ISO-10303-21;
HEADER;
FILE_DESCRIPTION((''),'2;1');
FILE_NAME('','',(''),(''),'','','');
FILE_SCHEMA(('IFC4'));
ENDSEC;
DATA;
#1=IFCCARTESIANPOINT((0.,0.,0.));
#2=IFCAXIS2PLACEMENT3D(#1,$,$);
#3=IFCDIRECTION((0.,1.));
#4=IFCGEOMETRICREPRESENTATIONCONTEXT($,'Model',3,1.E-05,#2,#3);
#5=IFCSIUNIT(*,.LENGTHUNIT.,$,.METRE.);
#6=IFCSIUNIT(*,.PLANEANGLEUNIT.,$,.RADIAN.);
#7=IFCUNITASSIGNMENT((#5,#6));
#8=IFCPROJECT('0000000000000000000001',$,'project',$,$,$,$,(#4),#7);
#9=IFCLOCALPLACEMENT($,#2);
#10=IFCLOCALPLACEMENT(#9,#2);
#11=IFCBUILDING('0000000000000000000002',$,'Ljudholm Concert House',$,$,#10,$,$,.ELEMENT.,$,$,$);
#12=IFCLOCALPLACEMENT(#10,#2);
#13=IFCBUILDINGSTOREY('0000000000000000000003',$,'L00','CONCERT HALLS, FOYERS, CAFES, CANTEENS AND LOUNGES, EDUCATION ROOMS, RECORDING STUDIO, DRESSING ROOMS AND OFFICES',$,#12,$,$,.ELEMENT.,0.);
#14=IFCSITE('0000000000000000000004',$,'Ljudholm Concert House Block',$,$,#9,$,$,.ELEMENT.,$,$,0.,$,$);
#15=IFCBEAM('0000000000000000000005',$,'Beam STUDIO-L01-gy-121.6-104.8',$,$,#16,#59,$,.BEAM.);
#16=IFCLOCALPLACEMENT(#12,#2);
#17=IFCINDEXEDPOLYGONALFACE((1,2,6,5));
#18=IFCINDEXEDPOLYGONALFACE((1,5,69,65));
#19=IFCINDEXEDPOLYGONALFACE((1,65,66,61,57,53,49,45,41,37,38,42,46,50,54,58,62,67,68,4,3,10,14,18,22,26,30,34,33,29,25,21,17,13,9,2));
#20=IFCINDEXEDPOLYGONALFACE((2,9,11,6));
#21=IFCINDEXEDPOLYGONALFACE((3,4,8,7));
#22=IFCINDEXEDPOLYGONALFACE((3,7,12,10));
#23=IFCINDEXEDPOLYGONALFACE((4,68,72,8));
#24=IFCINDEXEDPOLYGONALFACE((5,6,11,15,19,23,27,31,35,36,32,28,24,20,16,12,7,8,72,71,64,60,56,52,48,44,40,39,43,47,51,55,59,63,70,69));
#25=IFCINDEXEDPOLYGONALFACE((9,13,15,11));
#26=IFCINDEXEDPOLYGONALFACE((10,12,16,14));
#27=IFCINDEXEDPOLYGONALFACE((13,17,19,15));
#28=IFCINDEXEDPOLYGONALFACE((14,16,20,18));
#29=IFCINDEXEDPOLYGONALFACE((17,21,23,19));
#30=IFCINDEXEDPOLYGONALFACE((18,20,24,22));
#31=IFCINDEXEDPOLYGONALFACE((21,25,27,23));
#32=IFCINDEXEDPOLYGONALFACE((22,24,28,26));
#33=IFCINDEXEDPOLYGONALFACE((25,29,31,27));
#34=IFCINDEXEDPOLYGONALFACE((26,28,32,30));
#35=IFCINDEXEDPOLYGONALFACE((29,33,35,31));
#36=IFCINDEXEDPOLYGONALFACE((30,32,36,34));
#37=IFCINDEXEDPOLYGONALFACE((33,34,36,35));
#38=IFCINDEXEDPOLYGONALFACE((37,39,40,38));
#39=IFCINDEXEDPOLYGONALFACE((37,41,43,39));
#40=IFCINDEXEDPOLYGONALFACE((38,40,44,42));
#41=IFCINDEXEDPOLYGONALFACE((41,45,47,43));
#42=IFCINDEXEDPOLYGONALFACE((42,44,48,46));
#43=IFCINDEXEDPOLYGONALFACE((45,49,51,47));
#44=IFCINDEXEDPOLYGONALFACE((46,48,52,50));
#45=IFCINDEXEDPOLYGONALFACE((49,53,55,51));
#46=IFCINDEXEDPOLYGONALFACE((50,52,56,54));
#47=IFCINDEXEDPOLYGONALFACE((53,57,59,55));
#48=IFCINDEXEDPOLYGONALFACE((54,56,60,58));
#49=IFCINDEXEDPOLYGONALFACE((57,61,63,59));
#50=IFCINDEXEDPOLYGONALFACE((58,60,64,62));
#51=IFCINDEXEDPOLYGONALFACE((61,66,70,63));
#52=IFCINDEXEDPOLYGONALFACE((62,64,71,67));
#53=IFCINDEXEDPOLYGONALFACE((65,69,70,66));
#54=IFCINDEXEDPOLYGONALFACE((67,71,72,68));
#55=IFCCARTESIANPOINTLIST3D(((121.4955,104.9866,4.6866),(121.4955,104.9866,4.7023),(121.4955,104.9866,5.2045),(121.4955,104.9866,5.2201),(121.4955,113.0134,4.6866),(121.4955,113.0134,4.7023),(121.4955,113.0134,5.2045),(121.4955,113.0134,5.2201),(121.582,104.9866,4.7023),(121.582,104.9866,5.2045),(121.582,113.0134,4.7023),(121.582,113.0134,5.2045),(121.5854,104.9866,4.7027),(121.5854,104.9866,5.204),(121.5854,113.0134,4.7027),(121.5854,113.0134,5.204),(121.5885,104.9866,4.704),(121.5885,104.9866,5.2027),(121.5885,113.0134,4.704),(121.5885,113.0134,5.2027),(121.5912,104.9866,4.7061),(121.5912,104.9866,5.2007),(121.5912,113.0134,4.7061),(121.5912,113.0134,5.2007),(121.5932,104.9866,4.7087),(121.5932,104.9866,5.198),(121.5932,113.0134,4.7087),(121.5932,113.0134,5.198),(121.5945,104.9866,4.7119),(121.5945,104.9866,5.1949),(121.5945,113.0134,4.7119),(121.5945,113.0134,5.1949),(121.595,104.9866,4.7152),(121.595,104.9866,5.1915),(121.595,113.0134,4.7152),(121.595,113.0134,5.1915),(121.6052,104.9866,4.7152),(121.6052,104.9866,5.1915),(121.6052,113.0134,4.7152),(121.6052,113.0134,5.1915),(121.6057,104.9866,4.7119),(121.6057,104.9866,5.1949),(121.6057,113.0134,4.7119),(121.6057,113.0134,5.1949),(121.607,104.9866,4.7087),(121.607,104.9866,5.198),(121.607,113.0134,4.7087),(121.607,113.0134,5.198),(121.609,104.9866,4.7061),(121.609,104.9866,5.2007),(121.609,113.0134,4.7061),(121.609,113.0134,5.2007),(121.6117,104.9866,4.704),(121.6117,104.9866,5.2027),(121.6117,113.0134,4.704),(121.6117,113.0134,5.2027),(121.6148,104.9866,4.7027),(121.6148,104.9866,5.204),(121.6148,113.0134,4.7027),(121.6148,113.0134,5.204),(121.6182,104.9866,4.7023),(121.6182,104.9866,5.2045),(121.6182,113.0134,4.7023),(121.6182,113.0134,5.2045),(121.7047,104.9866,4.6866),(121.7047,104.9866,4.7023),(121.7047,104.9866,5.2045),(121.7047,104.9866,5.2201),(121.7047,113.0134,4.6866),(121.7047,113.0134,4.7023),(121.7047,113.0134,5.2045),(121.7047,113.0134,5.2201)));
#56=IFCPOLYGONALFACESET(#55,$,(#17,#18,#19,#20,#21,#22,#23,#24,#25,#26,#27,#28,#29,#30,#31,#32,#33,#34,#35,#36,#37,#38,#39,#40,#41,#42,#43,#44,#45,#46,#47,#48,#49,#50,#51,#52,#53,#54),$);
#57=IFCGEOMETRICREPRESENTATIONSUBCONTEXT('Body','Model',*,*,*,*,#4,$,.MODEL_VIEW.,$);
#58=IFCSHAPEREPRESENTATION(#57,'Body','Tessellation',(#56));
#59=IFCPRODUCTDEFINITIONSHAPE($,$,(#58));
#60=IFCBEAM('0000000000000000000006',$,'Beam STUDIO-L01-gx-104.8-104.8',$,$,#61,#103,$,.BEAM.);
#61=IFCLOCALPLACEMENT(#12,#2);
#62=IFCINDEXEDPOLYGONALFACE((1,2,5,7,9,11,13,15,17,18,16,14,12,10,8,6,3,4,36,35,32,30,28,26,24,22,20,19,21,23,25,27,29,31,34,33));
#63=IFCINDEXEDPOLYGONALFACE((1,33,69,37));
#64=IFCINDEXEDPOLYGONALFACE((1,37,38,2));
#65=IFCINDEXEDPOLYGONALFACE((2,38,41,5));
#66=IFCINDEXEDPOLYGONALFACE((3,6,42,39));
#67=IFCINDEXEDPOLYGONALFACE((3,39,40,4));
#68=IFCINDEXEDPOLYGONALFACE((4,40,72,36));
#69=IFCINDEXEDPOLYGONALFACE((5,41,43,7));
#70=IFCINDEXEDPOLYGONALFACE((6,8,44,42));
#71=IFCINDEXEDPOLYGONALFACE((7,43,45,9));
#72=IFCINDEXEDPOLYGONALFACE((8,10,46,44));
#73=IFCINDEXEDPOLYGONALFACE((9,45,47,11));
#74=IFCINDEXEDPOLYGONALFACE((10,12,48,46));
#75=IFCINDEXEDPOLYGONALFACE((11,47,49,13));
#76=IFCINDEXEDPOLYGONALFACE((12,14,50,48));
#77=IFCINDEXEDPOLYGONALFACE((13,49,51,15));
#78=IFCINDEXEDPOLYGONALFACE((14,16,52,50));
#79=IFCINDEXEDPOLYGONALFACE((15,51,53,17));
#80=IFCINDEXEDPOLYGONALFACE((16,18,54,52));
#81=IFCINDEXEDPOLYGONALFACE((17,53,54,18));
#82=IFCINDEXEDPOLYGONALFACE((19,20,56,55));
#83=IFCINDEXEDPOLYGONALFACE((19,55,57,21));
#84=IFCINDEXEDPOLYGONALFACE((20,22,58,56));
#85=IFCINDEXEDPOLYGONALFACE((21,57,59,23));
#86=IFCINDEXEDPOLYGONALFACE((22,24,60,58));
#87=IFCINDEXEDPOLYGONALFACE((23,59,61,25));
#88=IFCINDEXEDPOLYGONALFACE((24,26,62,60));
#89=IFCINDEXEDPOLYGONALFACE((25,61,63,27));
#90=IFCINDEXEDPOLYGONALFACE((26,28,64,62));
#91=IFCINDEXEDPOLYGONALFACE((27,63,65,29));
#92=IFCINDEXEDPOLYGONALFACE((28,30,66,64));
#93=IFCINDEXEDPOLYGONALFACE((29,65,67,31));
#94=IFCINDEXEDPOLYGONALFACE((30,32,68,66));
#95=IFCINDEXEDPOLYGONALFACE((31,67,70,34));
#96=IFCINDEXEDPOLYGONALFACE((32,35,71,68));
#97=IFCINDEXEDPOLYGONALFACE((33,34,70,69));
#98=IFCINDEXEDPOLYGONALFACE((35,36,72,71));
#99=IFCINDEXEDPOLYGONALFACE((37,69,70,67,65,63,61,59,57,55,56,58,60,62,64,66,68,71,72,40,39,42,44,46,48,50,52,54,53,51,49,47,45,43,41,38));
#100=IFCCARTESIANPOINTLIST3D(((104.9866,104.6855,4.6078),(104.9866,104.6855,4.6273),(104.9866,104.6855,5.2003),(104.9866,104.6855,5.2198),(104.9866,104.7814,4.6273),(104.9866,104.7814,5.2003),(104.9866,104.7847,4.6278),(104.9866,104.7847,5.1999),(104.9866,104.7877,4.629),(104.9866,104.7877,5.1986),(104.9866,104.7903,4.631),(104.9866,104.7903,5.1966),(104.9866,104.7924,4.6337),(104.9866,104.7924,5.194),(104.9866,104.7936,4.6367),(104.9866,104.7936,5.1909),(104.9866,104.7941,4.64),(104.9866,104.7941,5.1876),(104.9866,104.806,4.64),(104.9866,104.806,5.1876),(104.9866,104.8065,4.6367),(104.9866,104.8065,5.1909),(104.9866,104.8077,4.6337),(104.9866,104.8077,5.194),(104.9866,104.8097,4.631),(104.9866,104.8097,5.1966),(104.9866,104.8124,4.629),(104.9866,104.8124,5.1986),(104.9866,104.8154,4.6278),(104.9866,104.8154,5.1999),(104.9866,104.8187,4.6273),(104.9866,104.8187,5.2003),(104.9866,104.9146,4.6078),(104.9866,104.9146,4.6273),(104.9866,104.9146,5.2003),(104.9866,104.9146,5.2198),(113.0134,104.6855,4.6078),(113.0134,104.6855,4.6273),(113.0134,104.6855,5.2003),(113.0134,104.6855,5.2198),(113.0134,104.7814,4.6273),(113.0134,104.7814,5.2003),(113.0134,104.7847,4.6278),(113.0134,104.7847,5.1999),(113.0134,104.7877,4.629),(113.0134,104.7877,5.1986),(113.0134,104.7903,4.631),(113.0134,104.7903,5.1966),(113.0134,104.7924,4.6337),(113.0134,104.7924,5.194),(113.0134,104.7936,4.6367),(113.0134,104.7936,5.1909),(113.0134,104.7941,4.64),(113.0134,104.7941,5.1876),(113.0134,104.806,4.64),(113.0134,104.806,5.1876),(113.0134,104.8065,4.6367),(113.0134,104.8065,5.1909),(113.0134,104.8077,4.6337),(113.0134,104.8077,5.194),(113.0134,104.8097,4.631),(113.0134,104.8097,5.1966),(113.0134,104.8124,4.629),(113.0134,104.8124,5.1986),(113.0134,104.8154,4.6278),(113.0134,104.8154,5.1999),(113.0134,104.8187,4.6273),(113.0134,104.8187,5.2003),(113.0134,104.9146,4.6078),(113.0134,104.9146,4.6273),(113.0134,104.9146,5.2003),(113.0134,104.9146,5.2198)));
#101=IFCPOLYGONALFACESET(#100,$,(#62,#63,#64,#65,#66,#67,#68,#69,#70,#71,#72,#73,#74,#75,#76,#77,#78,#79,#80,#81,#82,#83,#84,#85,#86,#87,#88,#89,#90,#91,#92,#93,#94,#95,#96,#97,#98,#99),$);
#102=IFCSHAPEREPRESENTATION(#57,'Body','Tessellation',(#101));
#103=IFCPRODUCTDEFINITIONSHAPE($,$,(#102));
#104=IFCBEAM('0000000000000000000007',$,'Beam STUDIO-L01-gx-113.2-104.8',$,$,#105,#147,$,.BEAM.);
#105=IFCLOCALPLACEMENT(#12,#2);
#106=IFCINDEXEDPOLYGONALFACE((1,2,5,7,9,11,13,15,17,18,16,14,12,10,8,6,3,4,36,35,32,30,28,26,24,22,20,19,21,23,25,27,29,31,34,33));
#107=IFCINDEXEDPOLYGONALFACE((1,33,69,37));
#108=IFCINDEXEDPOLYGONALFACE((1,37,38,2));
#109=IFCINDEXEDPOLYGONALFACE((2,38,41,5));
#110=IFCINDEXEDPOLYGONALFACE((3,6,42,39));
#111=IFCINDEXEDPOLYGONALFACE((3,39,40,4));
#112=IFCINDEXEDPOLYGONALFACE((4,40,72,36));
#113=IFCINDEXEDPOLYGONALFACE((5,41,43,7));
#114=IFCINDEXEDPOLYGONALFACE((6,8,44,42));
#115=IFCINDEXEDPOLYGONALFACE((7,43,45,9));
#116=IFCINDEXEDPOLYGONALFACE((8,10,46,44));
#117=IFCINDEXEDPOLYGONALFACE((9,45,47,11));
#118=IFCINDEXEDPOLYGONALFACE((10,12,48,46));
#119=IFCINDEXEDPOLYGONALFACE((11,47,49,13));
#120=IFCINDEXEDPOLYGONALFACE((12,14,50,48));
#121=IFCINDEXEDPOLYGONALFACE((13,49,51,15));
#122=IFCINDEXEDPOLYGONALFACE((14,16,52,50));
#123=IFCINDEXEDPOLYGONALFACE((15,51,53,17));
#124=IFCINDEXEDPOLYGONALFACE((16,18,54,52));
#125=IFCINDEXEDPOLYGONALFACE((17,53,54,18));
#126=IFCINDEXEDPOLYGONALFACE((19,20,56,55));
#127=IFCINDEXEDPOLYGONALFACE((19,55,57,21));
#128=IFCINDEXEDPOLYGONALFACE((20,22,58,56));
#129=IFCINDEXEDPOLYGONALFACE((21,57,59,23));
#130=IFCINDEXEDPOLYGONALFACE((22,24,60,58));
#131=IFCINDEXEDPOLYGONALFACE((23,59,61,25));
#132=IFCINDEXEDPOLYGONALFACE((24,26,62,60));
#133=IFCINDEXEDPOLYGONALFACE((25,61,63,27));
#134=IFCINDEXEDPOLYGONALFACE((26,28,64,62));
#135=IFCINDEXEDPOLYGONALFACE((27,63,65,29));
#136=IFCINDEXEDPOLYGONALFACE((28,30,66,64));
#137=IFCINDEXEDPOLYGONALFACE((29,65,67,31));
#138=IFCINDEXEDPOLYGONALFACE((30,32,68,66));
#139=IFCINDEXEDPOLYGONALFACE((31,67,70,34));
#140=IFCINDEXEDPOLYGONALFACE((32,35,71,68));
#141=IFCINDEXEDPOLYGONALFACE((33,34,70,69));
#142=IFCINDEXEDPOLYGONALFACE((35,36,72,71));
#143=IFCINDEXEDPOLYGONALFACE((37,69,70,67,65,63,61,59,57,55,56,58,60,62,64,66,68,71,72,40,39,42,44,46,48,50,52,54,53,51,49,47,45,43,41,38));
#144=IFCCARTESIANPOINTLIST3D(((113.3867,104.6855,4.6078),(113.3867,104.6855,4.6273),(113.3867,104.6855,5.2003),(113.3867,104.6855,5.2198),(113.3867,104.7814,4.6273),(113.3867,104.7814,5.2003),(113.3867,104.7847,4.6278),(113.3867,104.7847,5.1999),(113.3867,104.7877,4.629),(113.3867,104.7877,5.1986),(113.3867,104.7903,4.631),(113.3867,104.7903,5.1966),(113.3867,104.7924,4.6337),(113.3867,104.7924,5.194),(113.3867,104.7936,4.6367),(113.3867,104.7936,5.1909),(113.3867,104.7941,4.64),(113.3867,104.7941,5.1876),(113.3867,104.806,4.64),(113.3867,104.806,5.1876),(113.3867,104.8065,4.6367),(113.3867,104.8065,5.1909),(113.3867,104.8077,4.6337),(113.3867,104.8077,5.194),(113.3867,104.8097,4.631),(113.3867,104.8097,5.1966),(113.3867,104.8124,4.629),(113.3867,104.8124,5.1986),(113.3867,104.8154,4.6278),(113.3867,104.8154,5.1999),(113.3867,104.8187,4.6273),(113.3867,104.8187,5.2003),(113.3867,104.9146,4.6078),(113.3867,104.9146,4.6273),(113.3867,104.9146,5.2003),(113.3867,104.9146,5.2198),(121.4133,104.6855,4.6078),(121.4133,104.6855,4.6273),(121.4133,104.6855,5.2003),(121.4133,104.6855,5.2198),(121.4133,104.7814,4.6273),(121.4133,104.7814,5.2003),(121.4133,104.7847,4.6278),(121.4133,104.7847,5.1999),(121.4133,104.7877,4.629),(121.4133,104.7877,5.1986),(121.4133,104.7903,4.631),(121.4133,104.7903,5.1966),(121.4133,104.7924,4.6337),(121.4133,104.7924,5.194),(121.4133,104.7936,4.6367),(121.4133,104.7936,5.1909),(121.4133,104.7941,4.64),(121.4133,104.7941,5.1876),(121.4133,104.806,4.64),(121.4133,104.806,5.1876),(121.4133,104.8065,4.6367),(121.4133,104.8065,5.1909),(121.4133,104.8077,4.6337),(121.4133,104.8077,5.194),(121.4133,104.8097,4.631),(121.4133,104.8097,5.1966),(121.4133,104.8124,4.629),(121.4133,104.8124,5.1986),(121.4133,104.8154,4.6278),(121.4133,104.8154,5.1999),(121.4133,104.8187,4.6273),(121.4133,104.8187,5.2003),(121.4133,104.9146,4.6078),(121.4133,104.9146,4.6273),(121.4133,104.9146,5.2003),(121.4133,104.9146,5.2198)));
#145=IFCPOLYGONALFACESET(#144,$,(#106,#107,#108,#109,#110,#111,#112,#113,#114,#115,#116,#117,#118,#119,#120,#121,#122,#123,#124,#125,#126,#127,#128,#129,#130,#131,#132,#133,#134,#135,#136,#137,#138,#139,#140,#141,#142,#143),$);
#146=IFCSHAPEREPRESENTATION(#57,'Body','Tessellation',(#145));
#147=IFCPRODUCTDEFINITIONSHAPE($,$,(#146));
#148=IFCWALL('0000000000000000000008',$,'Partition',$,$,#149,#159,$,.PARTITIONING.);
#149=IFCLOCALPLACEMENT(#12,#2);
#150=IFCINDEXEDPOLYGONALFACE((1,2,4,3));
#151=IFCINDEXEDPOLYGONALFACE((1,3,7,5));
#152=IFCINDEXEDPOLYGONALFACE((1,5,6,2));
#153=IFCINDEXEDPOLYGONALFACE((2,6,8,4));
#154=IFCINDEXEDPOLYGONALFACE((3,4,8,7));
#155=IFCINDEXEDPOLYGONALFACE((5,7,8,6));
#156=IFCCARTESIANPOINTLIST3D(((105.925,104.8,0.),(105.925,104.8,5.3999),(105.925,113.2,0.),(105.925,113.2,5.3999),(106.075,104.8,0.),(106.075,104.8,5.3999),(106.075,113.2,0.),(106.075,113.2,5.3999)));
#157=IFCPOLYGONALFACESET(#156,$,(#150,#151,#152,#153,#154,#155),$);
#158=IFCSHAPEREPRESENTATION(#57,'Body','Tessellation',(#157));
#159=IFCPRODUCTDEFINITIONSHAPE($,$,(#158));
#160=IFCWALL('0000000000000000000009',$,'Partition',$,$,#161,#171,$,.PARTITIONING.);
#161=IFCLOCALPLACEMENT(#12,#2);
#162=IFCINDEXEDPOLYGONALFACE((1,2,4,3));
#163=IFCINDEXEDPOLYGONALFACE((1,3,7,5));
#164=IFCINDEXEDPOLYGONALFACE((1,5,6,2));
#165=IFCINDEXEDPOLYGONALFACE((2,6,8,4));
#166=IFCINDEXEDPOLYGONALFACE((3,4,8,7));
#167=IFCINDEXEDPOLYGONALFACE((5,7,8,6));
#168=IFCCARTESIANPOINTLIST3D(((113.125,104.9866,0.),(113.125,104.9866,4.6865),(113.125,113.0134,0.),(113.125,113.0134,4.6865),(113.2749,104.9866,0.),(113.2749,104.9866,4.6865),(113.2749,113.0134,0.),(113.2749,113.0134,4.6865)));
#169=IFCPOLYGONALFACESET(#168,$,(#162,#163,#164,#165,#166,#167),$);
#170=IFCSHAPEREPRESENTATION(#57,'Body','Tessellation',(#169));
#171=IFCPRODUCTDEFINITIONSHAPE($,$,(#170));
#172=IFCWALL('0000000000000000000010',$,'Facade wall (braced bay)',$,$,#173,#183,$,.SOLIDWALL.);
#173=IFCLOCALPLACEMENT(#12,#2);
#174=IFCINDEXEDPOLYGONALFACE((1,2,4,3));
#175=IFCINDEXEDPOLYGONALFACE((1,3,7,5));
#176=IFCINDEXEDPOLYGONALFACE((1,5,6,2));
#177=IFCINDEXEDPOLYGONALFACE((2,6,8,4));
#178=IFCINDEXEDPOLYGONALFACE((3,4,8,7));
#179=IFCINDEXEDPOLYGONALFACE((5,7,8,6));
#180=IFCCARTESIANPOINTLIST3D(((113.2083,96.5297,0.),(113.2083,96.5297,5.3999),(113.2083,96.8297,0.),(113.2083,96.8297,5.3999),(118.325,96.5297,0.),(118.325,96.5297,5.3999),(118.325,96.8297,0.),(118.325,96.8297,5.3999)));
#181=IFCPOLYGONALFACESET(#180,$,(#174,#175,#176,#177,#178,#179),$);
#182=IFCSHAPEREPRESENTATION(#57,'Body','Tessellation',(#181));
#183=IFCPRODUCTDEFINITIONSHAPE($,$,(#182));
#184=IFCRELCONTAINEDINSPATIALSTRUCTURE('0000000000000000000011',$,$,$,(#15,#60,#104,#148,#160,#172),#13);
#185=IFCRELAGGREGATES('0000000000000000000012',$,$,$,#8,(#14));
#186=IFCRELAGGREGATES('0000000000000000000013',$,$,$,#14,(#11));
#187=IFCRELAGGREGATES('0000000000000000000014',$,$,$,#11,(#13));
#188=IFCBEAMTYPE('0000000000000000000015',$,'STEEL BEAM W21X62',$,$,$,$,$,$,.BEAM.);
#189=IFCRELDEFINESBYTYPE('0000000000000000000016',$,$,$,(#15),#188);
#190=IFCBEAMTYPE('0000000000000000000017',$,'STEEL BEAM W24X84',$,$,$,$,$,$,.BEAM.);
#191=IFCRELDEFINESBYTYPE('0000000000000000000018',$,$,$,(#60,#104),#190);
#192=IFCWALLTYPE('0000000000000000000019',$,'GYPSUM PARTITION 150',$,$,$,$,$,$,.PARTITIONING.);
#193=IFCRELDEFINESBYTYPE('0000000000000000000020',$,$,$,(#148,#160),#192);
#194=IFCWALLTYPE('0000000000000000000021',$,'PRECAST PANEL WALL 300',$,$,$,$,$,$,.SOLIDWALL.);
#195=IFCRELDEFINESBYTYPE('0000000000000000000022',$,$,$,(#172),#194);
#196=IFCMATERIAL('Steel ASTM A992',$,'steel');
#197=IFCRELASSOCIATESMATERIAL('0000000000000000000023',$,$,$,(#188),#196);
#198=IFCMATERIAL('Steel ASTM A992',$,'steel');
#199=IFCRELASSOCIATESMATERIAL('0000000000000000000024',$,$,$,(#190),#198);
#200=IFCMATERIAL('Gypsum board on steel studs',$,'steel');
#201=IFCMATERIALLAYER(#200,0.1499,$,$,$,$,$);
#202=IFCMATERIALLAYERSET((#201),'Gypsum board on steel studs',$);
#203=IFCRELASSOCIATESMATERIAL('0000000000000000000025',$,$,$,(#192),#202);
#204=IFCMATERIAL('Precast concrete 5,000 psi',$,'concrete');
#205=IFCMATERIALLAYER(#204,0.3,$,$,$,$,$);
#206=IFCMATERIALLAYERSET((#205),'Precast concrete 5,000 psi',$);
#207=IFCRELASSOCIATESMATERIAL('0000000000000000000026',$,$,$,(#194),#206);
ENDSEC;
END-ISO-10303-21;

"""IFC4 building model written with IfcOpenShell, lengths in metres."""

from ifc_helpers import new_model, si_unit, direction, frame, frame_2d, origin, origin_2d, place, context, subcontext, project, spatial, rectangle, i_section, extrude, material, layer, layer_set, material_profile, profile_set, type_object, element, save


model = new_model("IFC4")

# Units and contexts
model_context = context("Model", 3, precision=1e-05, world=origin(), true_north=direction((0.0, 1.0)))
body_context = subcontext(model_context, "Body", "Model", "MODEL_VIEW")
ifc_project = project(units=[si_unit("LENGTHUNIT", "METRE"), si_unit("PLANEANGLEUNIT", "RADIAN")], contexts=[model_context])

# Site, building, storey
site_placement = place(None, origin())
site = spatial("IfcSite", under=ifc_project, at=site_placement, Name="Ljudholm Concert House Block", CompositionType="ELEMENT", RefElevation=0.0)
building_placement = place(site_placement, origin())
building = spatial("IfcBuilding", under=site, at=building_placement, Name="Ljudholm Concert House", CompositionType="ELEMENT")
storey_placement = place(building_placement, origin())
storey = spatial("IfcBuildingStorey", under=building, at=storey_placement, Name="L00", Description="CONCERT HALLS, FOYERS, CAFES, CANTEENS AND LOUNGES, EDUCATION ROOMS, RECORDING STUDIO, DRESSING ROOMS AND OFFICES", CompositionType="ELEMENT", Elevation=0.0)

# Beams
ifc_material_1 = material(Name="Steel ASTM A992", Category="steel")
ifc_material_profile_1 = material_profile(ifc_material_1, i_section(OverallWidth=0.2092, OverallDepth=0.5334, WebThickness=0.0103, FlangeThickness=0.0156, FilletRadius=0.0129, at=origin_2d()), Name="W21X62")
ifc_profile_set_1 = profile_set([ifc_material_profile_1], Name="Steel ASTM A992")
beam_type_1 = type_object("IfcBeamType", Name="STEEL BEAM W21X62", PredefinedType="BEAM", material=ifc_profile_set_1)
for number, where, z_axis, x_axis, name in (
    (1, (121.6001, 104.9866, 4.9534), (0.0, 1.0, 0.0), (-1.0, 0.0, 0.0), "Beam STUDIO-L01-gy-121.6-104.8"),
):
    element("IfcBeam", number, at=place(storey_placement, frame(where, z_axis=z_axis, x_axis=x_axis)), inside=storey, type_object=beam_type_1, Name=name, PredefinedType="BEAM", context=body_context, shape_type="SweptSolid", body=[
        extrude(i_section(OverallWidth=0.2092, OverallDepth=0.5334, WebThickness=0.0103, FlangeThickness=0.0156, FilletRadius=0.0129, at=origin_2d()), origin(), (0.0, 0.0, 1.0), 8.0269),
    ])
ifc_material_2 = material(Name="Steel ASTM A992", Category="steel")
ifc_material_profile_2 = material_profile(ifc_material_2, i_section(OverallWidth=0.229, OverallDepth=0.6121, WebThickness=0.012, FlangeThickness=0.0195, FilletRadius=0.0127, at=origin_2d()), Name="W24X84")
ifc_profile_set_2 = profile_set([ifc_material_profile_2], Name="Steel ASTM A992")
beam_type_2 = type_object("IfcBeamType", Name="STEEL BEAM W24X84", PredefinedType="BEAM", material=ifc_profile_set_2)
beam_1_placement = place(storey_placement, frame((104.9866, 104.8, 4.9138), z_axis=(1.0, 0.0, 0.0), x_axis=(0.0, 1.0, 0.0)))
element("IfcBeam", 2, at=beam_1_placement, inside=storey, type_object=beam_type_2, Name="Beam STUDIO-L01-gx-104.8-104.8", PredefinedType="BEAM", context=body_context, shape_type="SweptSolid", body=[
    extrude(i_section(OverallWidth=0.229, OverallDepth=0.6121, WebThickness=0.012, FlangeThickness=0.0195, FilletRadius=0.0127, at=origin_2d()), origin(), (0.0, 0.0, 1.0), 8.0269),
])
beam_2_placement = place(storey_placement, frame((113.3867, 104.8, 4.9138), z_axis=(1.0, 0.0, 0.0), x_axis=(0.0, 1.0, 0.0)))
element("IfcBeam", 3, at=beam_2_placement, inside=storey, type_object=beam_type_2, Name="Beam STUDIO-L01-gx-113.2-104.8", PredefinedType="BEAM", context=body_context, shape_type="SweptSolid", body=[
    extrude(i_section(OverallWidth=0.229, OverallDepth=0.6121, WebThickness=0.012, FlangeThickness=0.0195, FilletRadius=0.0127, at=origin_2d()), origin(), (0.0, 0.0, 1.0), 8.0266),
])

# Walls
ifc_material_3 = material(Name="Gypsum board on steel studs", Category="steel")
ifc_layer_1 = layer(ifc_material_3, 0.1499)
ifc_layer_set_1 = layer_set([ifc_layer_1], Name="Gypsum board on steel studs")
wall_type_1 = type_object("IfcWallType", Name="GYPSUM PARTITION 150", PredefinedType="PARTITIONING", material=ifc_layer_set_1)
wall_1_placement = place(storey_placement, frame((106.0, 104.8, 0.0), z_axis=(0.0, 0.0, 1.0), x_axis=(0.0, 1.0, 0.0)))
element("IfcWall", 4, at=wall_1_placement, inside=storey, type_object=wall_type_1, Name="Partition", PredefinedType="PARTITIONING", context=body_context, shape_type="SweptSolid", body=[
    extrude(rectangle(XDim=8.3999, YDim=0.1499, at=frame_2d((4.2, 0.0))), origin(), (0.0, 0.0, 1.0), 5.3999),
])
wall_2_placement = place(storey_placement, frame((113.2, 104.9866, 0.0), z_axis=(0.0, 0.0, 1.0), x_axis=(0.0, 1.0, 0.0)))
element("IfcWall", 5, at=wall_2_placement, inside=storey, type_object=wall_type_1, Name="Partition", PredefinedType="PARTITIONING", context=body_context, shape_type="SweptSolid", body=[
    extrude(rectangle(XDim=8.0269, YDim=0.1499, at=frame_2d((4.0134, 0.0))), origin(), (0.0, 0.0, 1.0), 4.6865),
])
ifc_material_4 = material(Name="Precast concrete 5,000 psi", Category="concrete")
ifc_layer_2 = layer(ifc_material_4, 0.3)
ifc_layer_set_2 = layer_set([ifc_layer_2], Name="Precast concrete 5,000 psi")
wall_type_2 = type_object("IfcWallType", Name="PRECAST PANEL WALL 300", PredefinedType="SOLIDWALL", material=ifc_layer_set_2)
wall_3_placement = place(storey_placement, frame((113.2083, 96.6797, 0.0), z_axis=(0.0, 0.0, 1.0), x_axis=(1.0, 0.0, 0.0)))
element("IfcWall", 6, at=wall_3_placement, inside=storey, type_object=wall_type_2, Name="Facade wall (braced bay)", PredefinedType="SOLIDWALL", context=body_context, shape_type="SweptSolid", body=[
    extrude(rectangle(XDim=5.1167, YDim=0.3, at=frame_2d((2.5583, 0.0))), origin(), (0.0, 0.0, 1.0), 5.3999),
])

save(model, "model.ifc")
